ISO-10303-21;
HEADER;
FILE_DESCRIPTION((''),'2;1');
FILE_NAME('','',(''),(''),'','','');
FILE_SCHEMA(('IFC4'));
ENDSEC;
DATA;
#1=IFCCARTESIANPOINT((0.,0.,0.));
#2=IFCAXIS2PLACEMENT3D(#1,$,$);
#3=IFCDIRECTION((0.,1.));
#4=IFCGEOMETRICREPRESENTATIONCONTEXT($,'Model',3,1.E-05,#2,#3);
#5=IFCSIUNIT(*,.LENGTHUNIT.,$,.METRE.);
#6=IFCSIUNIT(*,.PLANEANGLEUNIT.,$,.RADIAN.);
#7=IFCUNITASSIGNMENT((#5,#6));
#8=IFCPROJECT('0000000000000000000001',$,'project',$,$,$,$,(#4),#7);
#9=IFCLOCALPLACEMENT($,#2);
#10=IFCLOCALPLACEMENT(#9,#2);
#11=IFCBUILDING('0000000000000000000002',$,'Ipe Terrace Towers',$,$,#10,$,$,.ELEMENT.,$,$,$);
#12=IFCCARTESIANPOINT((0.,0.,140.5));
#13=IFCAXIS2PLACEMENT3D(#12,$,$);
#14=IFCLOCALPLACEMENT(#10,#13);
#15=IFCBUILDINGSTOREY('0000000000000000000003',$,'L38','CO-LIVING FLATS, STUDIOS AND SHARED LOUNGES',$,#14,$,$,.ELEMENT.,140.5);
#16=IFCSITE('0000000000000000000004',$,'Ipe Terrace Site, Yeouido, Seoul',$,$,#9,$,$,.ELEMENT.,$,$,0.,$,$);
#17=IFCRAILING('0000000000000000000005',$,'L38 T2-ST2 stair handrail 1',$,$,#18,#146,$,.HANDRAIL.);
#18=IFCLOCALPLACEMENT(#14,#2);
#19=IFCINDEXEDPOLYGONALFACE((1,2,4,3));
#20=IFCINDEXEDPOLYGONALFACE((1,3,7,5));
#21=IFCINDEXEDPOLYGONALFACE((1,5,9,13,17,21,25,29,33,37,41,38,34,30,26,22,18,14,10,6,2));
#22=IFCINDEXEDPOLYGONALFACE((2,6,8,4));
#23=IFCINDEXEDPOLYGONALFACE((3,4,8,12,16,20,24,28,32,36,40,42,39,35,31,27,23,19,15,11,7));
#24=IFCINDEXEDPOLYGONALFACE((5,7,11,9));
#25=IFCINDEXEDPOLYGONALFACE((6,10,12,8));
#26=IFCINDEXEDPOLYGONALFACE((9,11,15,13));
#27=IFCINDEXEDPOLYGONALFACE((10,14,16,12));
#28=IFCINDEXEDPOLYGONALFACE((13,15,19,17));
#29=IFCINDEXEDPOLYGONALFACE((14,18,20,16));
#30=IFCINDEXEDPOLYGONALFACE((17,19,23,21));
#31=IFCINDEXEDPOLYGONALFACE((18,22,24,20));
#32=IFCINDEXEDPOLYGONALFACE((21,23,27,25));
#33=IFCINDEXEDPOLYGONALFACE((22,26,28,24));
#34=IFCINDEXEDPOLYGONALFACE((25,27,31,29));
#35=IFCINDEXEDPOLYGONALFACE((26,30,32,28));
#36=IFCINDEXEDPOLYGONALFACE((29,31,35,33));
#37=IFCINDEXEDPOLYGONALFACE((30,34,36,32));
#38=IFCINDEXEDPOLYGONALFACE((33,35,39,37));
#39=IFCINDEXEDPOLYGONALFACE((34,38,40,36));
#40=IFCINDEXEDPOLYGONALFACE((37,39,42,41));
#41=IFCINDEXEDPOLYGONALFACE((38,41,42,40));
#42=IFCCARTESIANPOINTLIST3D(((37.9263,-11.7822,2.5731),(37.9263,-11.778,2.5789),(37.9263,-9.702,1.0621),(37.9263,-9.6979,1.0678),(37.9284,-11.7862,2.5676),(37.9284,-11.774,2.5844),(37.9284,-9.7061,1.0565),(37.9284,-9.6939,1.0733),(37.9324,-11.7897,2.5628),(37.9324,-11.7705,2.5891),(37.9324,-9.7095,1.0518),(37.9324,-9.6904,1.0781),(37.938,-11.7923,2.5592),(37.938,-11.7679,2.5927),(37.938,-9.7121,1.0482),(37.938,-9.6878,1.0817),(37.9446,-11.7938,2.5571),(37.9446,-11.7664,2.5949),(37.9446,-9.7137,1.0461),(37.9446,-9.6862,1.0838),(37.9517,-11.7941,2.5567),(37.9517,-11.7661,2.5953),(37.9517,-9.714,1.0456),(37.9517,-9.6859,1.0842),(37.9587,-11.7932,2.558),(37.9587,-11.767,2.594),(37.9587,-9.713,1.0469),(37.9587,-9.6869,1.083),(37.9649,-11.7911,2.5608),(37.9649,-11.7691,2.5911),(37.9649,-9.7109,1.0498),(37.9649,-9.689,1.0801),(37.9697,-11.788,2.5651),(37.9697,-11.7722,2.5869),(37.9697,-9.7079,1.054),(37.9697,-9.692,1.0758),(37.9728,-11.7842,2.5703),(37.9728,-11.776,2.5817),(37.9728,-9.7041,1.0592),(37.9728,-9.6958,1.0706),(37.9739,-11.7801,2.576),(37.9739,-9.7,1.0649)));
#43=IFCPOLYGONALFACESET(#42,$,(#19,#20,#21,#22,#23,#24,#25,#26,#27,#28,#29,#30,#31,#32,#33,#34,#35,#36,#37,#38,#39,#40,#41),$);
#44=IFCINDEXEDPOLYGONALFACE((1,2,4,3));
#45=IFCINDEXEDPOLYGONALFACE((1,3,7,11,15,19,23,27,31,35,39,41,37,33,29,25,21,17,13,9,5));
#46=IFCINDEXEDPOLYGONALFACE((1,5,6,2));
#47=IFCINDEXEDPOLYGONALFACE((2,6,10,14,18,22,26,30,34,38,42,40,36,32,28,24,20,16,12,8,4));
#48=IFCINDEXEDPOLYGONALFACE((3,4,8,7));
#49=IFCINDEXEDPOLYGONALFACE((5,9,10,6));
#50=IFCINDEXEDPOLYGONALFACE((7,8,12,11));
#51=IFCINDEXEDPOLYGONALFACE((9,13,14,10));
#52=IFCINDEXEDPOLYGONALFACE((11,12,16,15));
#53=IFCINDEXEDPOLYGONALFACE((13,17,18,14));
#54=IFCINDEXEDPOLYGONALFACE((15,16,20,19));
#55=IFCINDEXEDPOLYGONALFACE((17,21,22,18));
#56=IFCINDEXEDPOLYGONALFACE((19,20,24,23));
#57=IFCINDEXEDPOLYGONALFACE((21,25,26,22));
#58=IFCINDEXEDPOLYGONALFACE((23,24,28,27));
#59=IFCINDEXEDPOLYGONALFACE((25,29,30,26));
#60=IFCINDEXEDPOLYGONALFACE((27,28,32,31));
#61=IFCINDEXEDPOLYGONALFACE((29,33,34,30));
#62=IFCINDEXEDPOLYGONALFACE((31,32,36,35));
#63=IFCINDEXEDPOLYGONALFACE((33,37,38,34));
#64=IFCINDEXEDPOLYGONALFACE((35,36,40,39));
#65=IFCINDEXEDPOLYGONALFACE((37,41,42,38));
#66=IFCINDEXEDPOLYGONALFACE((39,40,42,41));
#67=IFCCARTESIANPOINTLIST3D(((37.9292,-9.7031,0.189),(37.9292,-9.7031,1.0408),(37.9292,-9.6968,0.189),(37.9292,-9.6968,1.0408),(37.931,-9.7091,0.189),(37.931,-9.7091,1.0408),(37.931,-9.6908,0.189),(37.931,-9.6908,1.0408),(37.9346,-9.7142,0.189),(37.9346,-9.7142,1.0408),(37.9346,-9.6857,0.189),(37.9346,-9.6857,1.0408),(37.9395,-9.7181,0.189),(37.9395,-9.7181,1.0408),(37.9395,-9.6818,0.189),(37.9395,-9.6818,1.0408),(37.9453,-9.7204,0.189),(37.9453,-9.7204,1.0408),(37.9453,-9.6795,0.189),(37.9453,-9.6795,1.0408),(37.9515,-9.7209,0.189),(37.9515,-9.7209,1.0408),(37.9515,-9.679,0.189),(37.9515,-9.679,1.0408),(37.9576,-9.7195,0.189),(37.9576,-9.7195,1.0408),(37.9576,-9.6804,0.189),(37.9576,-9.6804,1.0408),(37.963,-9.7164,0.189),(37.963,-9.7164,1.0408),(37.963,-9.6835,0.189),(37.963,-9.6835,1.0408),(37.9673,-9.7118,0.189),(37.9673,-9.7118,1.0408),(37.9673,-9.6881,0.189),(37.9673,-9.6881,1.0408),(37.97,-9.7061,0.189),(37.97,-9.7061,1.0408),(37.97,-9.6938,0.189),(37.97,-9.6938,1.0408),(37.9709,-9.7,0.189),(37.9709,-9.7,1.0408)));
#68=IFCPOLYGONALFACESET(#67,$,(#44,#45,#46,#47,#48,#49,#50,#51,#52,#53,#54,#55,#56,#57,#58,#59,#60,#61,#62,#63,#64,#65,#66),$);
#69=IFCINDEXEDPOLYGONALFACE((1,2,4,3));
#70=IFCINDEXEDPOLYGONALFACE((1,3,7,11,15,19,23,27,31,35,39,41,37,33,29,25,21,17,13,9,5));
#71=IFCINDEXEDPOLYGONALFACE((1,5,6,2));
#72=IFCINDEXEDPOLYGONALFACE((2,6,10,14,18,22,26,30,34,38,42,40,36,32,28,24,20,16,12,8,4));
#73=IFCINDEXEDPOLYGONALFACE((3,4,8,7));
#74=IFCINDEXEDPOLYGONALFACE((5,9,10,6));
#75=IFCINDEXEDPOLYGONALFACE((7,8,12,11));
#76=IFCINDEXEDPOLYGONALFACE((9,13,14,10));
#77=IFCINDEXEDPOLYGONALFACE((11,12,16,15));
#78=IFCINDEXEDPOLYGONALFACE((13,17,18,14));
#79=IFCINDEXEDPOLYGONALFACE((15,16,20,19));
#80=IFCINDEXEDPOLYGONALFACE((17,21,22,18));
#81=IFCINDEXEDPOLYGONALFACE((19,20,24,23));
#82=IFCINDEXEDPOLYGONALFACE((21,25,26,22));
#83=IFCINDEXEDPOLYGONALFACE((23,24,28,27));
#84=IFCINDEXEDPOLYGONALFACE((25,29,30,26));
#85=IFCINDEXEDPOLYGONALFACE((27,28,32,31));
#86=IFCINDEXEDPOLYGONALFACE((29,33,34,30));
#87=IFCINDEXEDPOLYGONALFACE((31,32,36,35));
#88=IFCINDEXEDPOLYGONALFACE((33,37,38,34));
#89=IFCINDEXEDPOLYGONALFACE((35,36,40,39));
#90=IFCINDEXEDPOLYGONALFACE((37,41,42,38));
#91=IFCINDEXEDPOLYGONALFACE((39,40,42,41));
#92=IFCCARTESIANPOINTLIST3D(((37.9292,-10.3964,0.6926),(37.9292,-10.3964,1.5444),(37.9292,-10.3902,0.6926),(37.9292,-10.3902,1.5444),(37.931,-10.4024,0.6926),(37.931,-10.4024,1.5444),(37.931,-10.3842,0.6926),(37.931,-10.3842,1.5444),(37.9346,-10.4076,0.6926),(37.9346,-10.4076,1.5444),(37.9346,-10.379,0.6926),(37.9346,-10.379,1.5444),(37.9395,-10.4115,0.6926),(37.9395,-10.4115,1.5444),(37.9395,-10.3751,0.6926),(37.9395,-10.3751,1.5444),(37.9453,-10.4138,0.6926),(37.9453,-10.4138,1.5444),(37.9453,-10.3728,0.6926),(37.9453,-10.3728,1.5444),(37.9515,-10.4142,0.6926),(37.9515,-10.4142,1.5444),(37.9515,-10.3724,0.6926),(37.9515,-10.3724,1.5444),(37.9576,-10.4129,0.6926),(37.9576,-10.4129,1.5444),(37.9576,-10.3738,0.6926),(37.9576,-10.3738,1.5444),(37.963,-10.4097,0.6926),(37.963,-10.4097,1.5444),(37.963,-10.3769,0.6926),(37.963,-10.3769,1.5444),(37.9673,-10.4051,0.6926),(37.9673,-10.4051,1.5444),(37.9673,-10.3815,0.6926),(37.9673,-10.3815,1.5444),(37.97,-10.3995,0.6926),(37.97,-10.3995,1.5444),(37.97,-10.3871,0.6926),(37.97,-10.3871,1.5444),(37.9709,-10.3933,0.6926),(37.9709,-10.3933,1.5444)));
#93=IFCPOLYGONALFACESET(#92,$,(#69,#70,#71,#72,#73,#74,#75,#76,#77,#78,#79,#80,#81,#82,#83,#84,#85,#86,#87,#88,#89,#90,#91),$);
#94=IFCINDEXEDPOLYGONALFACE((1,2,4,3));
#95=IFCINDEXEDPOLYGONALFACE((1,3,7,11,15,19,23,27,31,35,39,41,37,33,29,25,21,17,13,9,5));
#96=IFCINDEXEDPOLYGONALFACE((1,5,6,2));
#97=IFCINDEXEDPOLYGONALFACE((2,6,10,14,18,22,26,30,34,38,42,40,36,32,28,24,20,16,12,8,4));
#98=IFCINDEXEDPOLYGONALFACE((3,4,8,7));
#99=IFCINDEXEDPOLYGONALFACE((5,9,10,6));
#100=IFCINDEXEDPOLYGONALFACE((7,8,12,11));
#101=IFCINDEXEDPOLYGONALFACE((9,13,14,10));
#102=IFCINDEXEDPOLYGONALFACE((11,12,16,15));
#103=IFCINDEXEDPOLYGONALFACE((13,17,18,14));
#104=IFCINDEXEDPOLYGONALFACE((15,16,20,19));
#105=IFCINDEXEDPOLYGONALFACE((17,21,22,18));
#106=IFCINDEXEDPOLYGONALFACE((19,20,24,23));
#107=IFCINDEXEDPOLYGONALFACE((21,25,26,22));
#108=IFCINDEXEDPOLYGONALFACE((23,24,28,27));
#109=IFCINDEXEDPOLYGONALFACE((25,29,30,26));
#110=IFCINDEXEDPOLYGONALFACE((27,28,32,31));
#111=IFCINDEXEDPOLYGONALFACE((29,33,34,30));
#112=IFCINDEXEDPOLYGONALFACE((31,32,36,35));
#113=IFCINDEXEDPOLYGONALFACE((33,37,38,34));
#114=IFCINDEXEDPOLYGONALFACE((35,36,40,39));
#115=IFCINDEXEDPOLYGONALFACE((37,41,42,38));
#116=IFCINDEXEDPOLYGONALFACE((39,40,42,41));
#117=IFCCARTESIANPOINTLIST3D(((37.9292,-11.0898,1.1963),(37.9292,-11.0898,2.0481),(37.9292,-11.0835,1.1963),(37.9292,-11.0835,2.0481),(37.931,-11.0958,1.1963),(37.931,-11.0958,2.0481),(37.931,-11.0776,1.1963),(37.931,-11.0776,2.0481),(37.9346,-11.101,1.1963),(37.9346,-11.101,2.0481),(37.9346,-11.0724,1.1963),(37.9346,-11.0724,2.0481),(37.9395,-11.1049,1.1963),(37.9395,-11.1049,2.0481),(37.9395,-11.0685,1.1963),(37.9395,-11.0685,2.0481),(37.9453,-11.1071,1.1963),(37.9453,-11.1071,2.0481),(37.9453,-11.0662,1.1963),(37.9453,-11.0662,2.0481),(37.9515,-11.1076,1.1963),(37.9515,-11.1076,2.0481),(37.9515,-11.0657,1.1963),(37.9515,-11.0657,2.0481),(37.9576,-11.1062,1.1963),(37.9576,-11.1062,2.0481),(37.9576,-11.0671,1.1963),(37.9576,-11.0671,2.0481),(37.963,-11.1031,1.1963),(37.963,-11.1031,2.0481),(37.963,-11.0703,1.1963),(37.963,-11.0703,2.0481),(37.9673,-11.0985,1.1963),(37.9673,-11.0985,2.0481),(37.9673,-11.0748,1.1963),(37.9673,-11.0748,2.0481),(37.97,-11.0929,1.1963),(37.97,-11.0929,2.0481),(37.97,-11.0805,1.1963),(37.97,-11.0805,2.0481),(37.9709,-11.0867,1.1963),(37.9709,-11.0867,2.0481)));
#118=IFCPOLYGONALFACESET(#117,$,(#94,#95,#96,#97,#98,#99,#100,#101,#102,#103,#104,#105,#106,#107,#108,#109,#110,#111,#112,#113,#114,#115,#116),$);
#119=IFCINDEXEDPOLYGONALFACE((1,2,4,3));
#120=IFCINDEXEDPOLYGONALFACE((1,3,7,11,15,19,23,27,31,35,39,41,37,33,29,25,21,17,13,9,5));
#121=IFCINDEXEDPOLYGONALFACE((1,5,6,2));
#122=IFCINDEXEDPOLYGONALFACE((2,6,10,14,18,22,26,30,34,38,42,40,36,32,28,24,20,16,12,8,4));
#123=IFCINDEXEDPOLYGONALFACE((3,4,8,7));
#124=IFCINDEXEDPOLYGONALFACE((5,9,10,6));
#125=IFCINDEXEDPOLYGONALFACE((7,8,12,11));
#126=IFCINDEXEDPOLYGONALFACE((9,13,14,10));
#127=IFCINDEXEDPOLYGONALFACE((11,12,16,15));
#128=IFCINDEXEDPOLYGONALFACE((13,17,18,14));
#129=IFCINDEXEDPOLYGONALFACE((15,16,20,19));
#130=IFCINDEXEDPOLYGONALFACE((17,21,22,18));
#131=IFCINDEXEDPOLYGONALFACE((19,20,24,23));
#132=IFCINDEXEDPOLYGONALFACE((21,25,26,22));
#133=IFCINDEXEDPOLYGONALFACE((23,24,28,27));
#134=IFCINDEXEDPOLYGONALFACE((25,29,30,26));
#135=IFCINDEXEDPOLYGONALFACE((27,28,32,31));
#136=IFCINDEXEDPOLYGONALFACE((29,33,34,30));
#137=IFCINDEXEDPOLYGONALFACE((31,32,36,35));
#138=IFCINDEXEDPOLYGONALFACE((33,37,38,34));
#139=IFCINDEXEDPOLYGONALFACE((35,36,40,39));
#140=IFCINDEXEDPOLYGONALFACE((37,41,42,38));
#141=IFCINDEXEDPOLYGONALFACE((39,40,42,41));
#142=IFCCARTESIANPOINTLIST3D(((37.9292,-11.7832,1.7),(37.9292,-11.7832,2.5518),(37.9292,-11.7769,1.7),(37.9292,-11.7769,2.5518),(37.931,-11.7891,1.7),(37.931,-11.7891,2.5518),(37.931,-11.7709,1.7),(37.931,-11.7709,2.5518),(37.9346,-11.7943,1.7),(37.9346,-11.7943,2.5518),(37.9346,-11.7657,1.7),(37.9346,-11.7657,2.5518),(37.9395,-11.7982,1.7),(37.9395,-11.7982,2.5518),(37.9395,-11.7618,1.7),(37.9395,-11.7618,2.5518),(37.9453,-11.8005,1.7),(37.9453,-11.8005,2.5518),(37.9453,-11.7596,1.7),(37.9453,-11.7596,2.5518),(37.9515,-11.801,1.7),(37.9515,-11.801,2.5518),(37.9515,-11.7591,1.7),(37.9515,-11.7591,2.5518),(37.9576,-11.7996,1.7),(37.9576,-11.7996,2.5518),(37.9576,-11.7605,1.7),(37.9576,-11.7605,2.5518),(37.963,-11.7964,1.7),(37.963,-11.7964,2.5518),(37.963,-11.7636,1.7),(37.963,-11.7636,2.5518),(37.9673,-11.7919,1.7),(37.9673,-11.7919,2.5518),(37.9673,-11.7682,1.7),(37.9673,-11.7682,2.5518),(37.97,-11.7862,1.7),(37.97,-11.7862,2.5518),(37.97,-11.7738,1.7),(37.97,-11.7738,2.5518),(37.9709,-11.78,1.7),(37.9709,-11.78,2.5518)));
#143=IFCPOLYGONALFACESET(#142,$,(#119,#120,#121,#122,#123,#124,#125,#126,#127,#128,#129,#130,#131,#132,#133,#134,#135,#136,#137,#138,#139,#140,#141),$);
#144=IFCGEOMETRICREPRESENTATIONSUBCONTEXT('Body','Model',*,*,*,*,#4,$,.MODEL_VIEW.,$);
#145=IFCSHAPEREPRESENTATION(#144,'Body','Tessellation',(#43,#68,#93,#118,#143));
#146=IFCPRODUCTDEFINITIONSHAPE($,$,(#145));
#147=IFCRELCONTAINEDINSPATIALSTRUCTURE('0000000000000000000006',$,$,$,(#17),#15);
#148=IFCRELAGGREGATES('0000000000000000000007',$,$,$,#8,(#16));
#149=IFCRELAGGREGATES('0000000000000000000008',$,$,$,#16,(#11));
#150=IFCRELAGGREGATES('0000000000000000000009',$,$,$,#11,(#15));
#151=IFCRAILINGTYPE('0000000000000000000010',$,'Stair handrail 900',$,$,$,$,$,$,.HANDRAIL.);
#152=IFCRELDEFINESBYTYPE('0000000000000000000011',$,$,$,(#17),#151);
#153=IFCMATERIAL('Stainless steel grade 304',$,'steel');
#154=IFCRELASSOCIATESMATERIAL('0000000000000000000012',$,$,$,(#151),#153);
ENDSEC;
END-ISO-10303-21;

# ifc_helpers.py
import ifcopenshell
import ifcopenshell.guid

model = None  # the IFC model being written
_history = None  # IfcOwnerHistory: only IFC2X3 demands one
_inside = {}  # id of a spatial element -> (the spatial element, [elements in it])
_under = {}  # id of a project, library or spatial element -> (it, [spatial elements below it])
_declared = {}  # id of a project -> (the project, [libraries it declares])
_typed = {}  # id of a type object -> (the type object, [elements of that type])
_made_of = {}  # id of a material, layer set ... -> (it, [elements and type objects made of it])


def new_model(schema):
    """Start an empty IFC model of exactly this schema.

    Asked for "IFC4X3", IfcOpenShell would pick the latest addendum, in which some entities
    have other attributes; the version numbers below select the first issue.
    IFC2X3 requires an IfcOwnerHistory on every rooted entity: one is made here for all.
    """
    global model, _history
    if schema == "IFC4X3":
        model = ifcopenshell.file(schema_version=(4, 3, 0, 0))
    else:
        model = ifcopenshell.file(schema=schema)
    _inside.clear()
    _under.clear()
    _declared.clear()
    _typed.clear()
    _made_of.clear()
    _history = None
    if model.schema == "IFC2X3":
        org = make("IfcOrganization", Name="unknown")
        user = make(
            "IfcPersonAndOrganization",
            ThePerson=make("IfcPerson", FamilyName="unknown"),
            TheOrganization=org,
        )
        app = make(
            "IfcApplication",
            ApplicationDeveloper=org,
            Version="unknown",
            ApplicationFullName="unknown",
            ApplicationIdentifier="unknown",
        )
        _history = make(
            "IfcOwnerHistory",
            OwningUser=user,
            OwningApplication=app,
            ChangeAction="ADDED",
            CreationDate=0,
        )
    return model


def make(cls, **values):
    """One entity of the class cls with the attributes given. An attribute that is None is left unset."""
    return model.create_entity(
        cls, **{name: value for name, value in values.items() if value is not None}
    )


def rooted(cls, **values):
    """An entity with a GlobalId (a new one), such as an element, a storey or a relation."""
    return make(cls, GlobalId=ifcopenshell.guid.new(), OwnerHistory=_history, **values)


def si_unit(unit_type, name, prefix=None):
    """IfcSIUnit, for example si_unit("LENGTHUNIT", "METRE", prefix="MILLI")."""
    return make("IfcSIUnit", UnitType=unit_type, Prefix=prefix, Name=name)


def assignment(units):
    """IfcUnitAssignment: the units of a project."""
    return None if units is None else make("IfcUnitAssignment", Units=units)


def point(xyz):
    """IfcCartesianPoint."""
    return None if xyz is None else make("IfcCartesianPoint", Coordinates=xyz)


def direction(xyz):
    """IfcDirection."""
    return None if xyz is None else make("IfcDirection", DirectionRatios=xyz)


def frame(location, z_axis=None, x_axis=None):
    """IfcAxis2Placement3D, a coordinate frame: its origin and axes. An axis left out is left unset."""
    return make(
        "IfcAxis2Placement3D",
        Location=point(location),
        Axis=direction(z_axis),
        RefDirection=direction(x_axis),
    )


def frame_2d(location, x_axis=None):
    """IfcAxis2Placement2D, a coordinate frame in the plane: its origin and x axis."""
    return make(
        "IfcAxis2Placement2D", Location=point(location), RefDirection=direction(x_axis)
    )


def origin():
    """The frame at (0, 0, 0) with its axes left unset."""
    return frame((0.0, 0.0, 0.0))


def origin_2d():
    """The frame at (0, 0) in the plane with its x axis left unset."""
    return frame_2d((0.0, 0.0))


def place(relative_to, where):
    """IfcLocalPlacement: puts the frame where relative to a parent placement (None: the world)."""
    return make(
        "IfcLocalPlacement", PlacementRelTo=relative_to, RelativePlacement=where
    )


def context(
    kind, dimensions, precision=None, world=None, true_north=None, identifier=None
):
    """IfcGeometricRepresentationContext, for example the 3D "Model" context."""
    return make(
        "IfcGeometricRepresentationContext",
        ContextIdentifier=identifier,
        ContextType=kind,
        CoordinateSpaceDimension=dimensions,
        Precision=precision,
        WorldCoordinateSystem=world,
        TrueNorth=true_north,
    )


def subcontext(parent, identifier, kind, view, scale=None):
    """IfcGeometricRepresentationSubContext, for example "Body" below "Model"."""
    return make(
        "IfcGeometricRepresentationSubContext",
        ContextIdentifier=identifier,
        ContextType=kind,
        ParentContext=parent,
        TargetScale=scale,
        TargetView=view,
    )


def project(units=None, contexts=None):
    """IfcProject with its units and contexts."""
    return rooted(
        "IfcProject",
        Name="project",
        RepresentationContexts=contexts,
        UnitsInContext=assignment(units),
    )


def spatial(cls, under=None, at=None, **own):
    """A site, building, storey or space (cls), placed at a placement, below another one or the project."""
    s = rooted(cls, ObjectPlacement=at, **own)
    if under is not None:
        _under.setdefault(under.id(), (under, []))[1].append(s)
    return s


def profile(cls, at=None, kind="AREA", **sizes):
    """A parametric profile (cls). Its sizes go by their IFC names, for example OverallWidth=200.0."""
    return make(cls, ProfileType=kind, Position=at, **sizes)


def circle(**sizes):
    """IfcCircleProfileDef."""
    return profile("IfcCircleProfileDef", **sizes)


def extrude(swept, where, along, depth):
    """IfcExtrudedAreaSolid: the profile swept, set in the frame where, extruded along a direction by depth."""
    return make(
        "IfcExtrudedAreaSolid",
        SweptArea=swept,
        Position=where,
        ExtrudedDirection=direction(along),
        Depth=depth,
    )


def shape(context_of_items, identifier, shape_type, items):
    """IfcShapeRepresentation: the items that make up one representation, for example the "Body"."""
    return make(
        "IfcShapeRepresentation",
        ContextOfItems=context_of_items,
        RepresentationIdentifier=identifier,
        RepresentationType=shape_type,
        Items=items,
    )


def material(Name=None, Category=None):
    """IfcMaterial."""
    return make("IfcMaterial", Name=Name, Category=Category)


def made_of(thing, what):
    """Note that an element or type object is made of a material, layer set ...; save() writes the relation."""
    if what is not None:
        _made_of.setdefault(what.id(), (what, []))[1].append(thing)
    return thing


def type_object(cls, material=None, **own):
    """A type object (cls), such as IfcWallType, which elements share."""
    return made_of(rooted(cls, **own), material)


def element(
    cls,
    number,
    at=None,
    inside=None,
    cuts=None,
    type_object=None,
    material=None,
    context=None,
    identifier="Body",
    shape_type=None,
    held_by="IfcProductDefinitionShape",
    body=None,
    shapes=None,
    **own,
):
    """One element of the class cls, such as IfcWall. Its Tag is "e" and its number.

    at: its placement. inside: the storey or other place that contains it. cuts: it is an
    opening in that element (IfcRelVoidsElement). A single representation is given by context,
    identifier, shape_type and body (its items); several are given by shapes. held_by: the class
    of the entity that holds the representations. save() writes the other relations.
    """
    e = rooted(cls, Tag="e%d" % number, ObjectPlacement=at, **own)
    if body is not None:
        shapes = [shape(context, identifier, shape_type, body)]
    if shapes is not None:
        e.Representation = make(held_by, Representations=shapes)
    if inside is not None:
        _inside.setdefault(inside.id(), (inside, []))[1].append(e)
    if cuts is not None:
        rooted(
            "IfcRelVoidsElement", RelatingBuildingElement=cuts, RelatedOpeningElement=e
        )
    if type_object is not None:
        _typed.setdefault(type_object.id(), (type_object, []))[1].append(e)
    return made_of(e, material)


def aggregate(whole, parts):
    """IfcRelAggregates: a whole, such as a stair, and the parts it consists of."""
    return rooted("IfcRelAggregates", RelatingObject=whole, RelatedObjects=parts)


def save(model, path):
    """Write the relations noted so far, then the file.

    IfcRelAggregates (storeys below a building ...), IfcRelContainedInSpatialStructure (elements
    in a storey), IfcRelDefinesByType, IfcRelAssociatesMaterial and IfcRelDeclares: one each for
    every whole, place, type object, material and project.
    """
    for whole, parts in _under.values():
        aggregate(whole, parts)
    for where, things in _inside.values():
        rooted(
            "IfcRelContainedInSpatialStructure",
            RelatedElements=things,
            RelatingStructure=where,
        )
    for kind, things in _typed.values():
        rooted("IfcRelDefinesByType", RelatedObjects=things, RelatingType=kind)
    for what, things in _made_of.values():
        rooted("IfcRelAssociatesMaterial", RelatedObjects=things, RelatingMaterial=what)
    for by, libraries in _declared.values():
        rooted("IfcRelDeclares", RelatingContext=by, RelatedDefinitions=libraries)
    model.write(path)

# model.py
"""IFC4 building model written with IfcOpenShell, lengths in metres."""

from ifc_helpers import new_model, si_unit, direction, frame, origin, origin_2d, place, context, subcontext, project, spatial, circle, extrude, material, type_object, element, save


model = new_model("IFC4")

# Units and contexts
model_context = context("Model", 3, precision=1e-05, world=origin(), true_north=direction((0.0, 1.0)))
body_context = subcontext(model_context, "Body", "Model", "MODEL_VIEW")
ifc_project = project(units=[si_unit("LENGTHUNIT", "METRE"), si_unit("PLANEANGLEUNIT", "RADIAN")], contexts=[model_context])

# Site, building, storey
site_placement = place(None, origin())
site = spatial("IfcSite", under=ifc_project, at=site_placement, Name="Ipe Terrace Site, Yeouido, Seoul", CompositionType="ELEMENT", RefElevation=0.0)
building_placement = place(site_placement, origin())
building = spatial("IfcBuilding", under=site, at=building_placement, Name="Ipe Terrace Towers", CompositionType="ELEMENT")
storey_placement = place(building_placement, frame((0.0, 0.0, 140.5)))
storey = spatial("IfcBuildingStorey", under=building, at=storey_placement, Name="L38", Description="CO-LIVING FLATS, STUDIOS AND SHARED LOUNGES", CompositionType="ELEMENT", Elevation=140.5)

# Railing
ifc_material_1 = material(Name="Stainless steel grade 304", Category="steel")
railing_type_1 = type_object("IfcRailingType", Name="Stair handrail 900", PredefinedType="HANDRAIL", material=ifc_material_1)
railing_1_placement = place(storey_placement, frame((37.95, -9.7, 0.189)))
element("IfcRailing", 1, at=railing_1_placement, inside=storey, type_object=railing_type_1, Name="L38 T2-ST2 stair handrail 1", PredefinedType="HANDRAIL", context=body_context, shape_type="SweptSolid", body=[
    extrude(circle(Radius=0.0239, at=origin_2d()), frame((0.0, 0.0, 0.876), z_axis=(0.0, -0.809069, 0.587714), x_axis=(1.0, 0.0, 0.0)), (0.0, 0.0, 1.0), 2.571),
    extrude(circle(Radius=0.021, at=origin_2d()), origin(), (0.0, 0.0, 1.0), 0.8518),
    extrude(circle(Radius=0.021, at=origin_2d()), frame((0.0, -0.6934, 0.5037)), (0.0, 0.0, 1.0), 0.8518),
    extrude(circle(Radius=0.021, at=origin_2d()), frame((0.0, -1.3867, 1.0073)), (0.0, 0.0, 1.0), 0.8518),
    extrude(circle(Radius=0.021, at=origin_2d()), frame((0.0, -2.0801, 1.511)), (0.0, 0.0, 1.0), 0.8518),
])

save(model, "model.ifc")
